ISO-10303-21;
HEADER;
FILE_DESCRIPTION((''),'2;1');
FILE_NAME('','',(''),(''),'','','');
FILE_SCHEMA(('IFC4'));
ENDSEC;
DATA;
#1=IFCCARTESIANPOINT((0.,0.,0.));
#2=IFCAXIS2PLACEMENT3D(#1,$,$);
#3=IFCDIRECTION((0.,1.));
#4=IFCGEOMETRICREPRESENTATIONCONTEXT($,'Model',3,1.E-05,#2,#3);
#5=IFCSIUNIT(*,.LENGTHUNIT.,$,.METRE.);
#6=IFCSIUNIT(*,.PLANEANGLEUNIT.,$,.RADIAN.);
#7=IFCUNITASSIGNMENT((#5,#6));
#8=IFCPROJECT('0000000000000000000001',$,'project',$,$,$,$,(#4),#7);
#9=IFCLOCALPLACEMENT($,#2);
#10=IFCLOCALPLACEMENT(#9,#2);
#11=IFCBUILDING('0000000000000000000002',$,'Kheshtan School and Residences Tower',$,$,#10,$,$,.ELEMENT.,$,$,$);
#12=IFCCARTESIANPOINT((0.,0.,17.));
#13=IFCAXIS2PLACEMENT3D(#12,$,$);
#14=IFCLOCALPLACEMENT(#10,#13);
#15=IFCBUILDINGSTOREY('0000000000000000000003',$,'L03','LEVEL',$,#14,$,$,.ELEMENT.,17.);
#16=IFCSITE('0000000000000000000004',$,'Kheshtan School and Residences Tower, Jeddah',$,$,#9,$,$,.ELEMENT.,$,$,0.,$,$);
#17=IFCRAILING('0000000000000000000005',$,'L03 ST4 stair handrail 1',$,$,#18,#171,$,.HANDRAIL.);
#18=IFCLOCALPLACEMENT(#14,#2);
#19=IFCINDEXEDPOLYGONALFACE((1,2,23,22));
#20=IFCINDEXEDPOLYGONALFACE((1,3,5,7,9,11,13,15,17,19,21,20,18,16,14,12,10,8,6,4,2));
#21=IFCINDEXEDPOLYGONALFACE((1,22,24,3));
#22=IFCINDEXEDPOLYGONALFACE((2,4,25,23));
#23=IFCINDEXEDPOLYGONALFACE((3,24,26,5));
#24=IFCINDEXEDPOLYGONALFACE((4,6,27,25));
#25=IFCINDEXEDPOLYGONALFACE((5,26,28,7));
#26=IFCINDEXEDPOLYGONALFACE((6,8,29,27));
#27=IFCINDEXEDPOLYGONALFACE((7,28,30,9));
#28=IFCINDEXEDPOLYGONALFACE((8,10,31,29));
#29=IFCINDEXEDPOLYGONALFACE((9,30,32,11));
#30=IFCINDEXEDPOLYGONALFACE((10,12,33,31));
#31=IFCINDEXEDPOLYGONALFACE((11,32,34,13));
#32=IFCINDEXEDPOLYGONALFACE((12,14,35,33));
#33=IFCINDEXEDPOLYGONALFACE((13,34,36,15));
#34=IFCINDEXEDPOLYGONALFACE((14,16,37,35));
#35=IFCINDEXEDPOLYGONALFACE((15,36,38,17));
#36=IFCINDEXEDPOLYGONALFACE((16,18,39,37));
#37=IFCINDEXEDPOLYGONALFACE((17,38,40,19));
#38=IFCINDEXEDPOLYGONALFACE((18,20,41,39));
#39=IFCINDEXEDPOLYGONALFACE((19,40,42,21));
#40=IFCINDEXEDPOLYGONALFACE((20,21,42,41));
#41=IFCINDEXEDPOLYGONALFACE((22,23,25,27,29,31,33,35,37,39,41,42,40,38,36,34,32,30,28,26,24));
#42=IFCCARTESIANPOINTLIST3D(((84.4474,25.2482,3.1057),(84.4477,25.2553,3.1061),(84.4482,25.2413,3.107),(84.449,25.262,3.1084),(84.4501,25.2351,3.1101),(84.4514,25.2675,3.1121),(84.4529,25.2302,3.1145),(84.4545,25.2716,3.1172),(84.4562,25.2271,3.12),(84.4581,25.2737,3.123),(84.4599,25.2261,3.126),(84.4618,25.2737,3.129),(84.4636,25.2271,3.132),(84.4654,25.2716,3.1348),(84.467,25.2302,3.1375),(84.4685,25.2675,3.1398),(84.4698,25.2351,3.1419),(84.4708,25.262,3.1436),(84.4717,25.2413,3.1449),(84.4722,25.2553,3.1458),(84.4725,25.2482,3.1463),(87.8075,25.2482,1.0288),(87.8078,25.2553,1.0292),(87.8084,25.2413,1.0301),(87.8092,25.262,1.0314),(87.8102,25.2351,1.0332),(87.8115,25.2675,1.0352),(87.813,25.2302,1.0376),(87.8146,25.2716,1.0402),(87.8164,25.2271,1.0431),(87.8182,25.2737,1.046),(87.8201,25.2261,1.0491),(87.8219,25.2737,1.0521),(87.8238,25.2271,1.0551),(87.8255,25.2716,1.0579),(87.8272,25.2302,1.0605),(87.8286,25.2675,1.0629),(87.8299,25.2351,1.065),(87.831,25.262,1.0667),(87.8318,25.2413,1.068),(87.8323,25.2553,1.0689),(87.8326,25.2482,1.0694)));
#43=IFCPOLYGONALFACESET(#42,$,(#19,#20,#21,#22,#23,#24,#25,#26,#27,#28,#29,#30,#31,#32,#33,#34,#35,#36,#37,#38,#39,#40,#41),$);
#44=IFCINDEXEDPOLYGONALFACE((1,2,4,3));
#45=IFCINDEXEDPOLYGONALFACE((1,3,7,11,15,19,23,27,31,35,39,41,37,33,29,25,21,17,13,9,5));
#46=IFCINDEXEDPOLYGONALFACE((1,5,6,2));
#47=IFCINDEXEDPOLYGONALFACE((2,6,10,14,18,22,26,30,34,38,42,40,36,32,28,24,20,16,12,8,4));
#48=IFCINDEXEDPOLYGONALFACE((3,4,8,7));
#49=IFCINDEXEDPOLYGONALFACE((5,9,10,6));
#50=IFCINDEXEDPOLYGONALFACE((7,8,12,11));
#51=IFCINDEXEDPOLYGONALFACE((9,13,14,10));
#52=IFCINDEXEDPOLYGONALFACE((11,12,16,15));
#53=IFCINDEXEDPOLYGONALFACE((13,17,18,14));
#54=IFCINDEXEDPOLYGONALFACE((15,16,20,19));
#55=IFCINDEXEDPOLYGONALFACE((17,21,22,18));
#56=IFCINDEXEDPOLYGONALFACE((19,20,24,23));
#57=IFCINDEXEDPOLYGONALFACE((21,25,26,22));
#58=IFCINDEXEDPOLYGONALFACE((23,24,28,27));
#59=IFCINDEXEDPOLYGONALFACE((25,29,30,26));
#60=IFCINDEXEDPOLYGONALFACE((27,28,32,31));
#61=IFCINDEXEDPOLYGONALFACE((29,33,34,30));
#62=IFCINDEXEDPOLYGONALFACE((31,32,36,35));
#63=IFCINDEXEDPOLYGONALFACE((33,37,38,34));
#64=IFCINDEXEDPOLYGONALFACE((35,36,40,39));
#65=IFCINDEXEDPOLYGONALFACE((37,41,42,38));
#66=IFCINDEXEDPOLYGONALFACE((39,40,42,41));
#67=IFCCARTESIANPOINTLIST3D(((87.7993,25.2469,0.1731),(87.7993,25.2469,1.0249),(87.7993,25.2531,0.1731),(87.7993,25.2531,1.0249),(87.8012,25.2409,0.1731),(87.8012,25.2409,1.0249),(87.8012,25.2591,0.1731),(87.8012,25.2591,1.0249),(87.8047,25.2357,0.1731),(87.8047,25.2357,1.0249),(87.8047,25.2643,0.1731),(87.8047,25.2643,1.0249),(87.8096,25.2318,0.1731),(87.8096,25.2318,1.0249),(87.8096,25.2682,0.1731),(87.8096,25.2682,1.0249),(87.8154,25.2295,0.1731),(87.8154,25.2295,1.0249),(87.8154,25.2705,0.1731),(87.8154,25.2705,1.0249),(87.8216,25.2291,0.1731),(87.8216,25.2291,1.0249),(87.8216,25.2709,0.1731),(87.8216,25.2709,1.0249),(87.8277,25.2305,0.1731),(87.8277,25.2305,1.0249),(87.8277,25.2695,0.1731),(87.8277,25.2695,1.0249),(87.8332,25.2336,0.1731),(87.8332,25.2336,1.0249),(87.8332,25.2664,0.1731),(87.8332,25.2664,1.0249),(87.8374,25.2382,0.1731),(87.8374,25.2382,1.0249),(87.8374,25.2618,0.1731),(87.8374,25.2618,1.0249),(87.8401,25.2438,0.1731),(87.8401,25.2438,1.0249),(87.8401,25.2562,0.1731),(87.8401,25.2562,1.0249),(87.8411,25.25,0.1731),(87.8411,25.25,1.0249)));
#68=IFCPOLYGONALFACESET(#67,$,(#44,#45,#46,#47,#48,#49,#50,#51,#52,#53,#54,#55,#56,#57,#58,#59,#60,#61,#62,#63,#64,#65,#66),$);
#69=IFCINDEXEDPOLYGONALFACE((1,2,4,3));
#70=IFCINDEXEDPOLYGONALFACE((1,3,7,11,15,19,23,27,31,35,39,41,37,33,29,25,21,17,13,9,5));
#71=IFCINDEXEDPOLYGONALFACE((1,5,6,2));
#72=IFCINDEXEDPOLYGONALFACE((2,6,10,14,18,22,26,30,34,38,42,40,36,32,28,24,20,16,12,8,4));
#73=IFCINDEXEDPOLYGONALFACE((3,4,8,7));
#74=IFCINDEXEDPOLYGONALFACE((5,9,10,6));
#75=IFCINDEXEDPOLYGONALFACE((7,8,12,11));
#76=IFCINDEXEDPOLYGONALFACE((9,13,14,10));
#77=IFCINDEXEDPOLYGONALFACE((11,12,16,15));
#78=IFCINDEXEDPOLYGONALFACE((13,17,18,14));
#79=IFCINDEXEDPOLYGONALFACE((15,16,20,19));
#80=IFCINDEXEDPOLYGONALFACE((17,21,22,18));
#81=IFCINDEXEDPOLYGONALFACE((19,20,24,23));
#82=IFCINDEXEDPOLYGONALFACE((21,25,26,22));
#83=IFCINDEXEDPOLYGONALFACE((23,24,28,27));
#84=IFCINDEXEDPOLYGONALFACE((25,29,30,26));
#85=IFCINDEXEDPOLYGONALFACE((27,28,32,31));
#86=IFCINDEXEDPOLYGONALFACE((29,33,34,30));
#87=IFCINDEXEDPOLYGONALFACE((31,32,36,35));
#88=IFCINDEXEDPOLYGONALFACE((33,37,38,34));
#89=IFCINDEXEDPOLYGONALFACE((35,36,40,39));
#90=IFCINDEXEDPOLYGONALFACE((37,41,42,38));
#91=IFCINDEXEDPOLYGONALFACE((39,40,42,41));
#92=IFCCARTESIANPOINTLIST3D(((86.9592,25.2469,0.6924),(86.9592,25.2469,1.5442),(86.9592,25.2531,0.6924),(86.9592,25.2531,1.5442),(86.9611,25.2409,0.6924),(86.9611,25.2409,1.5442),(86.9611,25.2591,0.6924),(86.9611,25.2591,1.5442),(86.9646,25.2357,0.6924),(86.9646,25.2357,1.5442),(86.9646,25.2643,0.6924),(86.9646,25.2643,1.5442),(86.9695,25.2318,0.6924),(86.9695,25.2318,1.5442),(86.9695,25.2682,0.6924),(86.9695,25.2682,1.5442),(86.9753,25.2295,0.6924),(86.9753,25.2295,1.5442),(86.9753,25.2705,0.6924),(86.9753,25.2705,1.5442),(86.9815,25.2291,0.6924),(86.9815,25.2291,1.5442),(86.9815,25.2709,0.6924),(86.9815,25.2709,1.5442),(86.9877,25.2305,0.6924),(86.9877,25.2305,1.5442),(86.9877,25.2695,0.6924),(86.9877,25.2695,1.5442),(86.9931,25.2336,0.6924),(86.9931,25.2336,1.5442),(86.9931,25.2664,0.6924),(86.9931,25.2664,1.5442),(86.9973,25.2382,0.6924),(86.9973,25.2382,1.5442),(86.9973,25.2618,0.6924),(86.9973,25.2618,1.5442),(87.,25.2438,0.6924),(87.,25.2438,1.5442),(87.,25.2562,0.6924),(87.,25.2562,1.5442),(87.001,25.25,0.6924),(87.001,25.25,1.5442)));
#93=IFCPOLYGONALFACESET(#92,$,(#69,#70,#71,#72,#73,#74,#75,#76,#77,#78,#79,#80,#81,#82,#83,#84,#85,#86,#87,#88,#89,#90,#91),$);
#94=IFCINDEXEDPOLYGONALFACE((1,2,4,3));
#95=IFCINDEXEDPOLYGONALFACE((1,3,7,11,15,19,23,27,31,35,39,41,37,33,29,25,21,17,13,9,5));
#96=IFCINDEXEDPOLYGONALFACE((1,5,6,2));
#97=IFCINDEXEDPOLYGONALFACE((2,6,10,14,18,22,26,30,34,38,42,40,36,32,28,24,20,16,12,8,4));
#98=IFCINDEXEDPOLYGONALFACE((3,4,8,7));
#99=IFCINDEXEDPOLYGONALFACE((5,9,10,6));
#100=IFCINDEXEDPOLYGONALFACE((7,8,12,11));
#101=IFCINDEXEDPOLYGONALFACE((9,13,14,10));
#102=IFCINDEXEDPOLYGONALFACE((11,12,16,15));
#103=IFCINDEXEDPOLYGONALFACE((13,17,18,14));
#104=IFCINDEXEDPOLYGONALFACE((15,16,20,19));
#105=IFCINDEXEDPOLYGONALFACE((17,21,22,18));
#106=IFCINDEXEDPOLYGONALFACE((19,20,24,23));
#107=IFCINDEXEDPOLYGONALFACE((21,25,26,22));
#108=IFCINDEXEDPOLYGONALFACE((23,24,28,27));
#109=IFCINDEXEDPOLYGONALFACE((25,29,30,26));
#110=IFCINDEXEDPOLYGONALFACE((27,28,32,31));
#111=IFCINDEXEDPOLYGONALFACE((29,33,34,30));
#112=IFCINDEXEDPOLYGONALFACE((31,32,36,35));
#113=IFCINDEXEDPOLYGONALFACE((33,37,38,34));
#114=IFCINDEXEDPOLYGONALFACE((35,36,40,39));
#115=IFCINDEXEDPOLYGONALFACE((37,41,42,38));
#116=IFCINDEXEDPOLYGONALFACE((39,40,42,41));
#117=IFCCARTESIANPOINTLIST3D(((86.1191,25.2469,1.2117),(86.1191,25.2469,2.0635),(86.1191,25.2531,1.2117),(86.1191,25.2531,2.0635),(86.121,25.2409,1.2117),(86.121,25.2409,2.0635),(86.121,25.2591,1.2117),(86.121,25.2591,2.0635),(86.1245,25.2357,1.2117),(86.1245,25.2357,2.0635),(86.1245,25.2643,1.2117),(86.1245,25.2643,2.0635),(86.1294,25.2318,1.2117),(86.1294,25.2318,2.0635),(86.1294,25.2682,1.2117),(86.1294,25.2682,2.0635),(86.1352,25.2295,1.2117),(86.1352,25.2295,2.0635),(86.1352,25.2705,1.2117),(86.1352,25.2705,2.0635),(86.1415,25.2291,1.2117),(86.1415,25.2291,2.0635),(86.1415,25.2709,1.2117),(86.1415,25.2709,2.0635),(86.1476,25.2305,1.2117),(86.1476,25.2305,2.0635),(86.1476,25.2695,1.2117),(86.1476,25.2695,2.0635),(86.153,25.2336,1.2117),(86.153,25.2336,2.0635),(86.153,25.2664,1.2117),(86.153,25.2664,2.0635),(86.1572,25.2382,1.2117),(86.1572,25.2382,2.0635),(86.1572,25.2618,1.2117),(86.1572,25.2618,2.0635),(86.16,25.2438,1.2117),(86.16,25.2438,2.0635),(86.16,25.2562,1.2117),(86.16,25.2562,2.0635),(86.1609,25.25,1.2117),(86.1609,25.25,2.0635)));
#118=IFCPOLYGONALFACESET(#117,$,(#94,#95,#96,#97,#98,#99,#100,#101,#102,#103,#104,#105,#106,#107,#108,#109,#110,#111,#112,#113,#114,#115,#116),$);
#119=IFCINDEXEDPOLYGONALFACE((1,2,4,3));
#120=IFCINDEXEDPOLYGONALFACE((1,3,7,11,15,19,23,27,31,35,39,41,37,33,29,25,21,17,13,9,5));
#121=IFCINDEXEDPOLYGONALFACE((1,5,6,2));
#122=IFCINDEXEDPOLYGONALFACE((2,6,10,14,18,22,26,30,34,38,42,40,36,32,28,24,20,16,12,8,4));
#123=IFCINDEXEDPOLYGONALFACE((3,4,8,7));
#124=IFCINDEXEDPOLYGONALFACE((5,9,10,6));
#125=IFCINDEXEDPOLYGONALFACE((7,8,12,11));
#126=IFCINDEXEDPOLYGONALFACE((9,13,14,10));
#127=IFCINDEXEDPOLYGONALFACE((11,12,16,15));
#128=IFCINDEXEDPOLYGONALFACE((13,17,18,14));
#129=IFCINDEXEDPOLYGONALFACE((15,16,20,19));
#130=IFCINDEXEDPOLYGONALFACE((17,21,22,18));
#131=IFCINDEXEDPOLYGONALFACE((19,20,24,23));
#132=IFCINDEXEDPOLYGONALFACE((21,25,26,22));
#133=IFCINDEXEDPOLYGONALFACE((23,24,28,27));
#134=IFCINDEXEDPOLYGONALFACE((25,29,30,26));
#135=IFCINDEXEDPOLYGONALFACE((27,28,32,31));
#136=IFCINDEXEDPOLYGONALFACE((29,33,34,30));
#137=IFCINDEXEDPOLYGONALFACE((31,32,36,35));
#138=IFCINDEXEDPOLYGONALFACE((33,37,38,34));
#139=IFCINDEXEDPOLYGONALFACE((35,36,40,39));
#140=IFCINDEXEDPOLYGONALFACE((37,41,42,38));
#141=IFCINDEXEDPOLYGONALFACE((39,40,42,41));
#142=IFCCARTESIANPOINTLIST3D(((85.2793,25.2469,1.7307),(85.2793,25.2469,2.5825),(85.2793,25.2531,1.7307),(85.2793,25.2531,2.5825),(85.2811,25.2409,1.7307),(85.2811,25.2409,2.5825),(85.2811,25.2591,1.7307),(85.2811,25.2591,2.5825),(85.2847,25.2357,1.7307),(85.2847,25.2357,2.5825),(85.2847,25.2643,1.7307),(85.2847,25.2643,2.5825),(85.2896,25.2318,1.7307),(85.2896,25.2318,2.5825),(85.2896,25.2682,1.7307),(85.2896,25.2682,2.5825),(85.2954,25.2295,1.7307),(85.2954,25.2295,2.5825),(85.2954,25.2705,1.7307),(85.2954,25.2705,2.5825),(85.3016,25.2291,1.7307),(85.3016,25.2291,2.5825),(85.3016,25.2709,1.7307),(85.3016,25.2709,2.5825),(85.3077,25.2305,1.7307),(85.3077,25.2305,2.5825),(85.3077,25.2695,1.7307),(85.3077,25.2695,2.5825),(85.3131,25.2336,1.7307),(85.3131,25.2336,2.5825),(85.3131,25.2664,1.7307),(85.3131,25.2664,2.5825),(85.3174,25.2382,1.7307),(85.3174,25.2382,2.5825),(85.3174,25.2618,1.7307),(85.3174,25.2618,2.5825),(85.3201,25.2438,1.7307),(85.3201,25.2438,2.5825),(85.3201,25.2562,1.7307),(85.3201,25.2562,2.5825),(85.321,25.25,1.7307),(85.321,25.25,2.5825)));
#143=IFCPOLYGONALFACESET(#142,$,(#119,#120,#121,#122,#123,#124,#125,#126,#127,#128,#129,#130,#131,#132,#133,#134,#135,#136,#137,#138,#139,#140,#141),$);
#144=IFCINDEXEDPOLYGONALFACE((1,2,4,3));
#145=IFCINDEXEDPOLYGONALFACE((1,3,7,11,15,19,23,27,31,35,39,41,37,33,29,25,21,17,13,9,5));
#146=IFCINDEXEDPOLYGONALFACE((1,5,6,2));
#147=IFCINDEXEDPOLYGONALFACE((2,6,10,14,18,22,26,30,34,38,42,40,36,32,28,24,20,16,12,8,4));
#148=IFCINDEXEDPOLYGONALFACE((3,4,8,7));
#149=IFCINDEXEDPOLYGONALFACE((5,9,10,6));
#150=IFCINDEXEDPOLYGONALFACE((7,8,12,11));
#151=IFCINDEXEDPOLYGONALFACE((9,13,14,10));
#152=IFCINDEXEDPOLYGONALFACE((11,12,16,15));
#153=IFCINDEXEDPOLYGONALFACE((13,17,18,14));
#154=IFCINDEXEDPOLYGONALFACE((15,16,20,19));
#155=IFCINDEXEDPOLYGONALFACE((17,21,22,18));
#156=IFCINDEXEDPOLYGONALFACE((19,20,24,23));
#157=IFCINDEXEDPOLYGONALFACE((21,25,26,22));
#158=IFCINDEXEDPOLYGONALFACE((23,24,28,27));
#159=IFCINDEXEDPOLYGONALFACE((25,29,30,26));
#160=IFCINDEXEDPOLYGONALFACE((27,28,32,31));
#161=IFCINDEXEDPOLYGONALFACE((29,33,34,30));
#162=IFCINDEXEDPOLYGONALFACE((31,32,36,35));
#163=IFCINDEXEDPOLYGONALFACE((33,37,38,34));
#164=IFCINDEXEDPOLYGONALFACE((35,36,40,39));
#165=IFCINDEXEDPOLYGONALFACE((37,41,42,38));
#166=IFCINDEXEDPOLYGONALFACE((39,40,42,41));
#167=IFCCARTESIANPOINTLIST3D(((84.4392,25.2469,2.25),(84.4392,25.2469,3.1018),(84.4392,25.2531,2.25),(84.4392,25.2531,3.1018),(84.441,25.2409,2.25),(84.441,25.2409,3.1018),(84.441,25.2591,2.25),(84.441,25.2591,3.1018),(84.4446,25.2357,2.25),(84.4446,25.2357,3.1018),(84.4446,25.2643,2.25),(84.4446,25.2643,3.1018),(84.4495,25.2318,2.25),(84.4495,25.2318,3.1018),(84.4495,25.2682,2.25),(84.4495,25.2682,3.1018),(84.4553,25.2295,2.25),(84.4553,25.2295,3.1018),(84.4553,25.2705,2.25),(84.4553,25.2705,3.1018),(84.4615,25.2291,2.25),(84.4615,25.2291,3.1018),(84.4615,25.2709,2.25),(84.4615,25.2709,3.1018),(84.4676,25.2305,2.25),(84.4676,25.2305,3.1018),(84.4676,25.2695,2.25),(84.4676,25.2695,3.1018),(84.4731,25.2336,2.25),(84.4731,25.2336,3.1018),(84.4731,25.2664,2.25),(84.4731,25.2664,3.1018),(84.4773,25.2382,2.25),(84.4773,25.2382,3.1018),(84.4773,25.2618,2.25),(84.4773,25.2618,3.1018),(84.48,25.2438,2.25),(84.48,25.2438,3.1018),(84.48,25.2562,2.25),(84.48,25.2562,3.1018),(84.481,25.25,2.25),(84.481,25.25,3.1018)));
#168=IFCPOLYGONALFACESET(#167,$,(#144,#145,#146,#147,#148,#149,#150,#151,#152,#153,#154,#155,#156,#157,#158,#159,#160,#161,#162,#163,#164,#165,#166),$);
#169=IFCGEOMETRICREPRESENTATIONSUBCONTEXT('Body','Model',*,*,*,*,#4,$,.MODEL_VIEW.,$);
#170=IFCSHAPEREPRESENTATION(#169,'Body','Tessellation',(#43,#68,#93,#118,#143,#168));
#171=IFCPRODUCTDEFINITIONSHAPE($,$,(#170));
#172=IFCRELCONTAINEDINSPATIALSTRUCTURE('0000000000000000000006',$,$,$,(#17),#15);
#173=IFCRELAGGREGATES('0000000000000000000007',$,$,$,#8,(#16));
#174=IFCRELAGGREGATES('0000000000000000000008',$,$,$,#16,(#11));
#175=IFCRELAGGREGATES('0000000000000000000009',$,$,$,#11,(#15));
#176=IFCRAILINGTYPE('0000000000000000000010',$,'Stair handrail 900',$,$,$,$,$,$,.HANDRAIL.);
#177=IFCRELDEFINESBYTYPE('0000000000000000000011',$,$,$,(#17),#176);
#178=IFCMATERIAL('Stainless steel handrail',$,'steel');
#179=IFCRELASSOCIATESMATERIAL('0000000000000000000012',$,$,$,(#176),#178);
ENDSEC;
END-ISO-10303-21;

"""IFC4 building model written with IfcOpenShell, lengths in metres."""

from ifc_helpers import new_model, si_unit, direction, frame, origin, origin_2d, place, context, subcontext, project, spatial, circle, extrude, material, type_object, element, save


model = new_model("IFC4")

# Units and contexts
model_context = context("Model", 3, precision=1e-05, world=origin(), true_north=direction((0.0, 1.0)))
body_context = subcontext(model_context, "Body", "Model", "MODEL_VIEW")
ifc_project = project(units=[si_unit("LENGTHUNIT", "METRE"), si_unit("PLANEANGLEUNIT", "RADIAN")], contexts=[model_context])

# Site, building, storey
site_placement = place(None, origin())
site = spatial("IfcSite", under=ifc_project, at=site_placement, Name="Kheshtan School and Residences Tower, Jeddah", CompositionType="ELEMENT", RefElevation=0.0)
building_placement = place(site_placement, origin())
building = spatial("IfcBuilding", under=site, at=building_placement, Name="Kheshtan School and Residences Tower", CompositionType="ELEMENT")
storey_placement = place(building_placement, frame((0.0, 0.0, 17.0)))
storey = spatial("IfcBuildingStorey", under=building, at=storey_placement, Name="L03", Description="LEVEL", CompositionType="ELEMENT", Elevation=17.0)

# Railing
ifc_material_1 = material(Name="Stainless steel handrail", Category="steel")
railing_type_1 = type_object("IfcRailingType", Name="Stair handrail 900", PredefinedType="HANDRAIL", material=ifc_material_1)
railing_1_placement = place(storey_placement, frame((87.8201, 25.25, 0.1731)))
element("IfcRailing", 1, at=railing_1_placement, inside=storey, type_object=railing_type_1, Name="L03 ST4 stair handrail 1", PredefinedType="HANDRAIL", context=body_context, shape_type="SweptSolid", body=[
    extrude(circle(Radius=0.0239, at=origin_2d()), frame((0.0, 0.0, 0.876), z_axis=(-0.850623, 0.0, 0.525776), x_axis=(0.0, -1.0, 0.0)), (0.0, 0.0, 1.0), 3.9502),
    extrude(circle(Radius=0.021, at=origin_2d()), origin(), (0.0, 0.0, 1.0), 0.8518),
    extrude(circle(Radius=0.021, at=origin_2d()), frame((-0.8401, 0.0, 0.5193)), (0.0, 0.0, 1.0), 0.8518),
    extrude(circle(Radius=0.021, at=origin_2d()), frame((-1.6802, 0.0, 1.0386)), (0.0, 0.0, 1.0), 0.8518),
    extrude(circle(Radius=0.021, at=origin_2d()), frame((-2.52, 0.0, 1.5576)), (0.0, 0.0, 1.0), 0.8518),
    extrude(circle(Radius=0.021, at=origin_2d()), frame((-3.3601, 0.0, 2.0769)), (0.0, 0.0, 1.0), 0.8518),
])

save(model, "model.ifc")
